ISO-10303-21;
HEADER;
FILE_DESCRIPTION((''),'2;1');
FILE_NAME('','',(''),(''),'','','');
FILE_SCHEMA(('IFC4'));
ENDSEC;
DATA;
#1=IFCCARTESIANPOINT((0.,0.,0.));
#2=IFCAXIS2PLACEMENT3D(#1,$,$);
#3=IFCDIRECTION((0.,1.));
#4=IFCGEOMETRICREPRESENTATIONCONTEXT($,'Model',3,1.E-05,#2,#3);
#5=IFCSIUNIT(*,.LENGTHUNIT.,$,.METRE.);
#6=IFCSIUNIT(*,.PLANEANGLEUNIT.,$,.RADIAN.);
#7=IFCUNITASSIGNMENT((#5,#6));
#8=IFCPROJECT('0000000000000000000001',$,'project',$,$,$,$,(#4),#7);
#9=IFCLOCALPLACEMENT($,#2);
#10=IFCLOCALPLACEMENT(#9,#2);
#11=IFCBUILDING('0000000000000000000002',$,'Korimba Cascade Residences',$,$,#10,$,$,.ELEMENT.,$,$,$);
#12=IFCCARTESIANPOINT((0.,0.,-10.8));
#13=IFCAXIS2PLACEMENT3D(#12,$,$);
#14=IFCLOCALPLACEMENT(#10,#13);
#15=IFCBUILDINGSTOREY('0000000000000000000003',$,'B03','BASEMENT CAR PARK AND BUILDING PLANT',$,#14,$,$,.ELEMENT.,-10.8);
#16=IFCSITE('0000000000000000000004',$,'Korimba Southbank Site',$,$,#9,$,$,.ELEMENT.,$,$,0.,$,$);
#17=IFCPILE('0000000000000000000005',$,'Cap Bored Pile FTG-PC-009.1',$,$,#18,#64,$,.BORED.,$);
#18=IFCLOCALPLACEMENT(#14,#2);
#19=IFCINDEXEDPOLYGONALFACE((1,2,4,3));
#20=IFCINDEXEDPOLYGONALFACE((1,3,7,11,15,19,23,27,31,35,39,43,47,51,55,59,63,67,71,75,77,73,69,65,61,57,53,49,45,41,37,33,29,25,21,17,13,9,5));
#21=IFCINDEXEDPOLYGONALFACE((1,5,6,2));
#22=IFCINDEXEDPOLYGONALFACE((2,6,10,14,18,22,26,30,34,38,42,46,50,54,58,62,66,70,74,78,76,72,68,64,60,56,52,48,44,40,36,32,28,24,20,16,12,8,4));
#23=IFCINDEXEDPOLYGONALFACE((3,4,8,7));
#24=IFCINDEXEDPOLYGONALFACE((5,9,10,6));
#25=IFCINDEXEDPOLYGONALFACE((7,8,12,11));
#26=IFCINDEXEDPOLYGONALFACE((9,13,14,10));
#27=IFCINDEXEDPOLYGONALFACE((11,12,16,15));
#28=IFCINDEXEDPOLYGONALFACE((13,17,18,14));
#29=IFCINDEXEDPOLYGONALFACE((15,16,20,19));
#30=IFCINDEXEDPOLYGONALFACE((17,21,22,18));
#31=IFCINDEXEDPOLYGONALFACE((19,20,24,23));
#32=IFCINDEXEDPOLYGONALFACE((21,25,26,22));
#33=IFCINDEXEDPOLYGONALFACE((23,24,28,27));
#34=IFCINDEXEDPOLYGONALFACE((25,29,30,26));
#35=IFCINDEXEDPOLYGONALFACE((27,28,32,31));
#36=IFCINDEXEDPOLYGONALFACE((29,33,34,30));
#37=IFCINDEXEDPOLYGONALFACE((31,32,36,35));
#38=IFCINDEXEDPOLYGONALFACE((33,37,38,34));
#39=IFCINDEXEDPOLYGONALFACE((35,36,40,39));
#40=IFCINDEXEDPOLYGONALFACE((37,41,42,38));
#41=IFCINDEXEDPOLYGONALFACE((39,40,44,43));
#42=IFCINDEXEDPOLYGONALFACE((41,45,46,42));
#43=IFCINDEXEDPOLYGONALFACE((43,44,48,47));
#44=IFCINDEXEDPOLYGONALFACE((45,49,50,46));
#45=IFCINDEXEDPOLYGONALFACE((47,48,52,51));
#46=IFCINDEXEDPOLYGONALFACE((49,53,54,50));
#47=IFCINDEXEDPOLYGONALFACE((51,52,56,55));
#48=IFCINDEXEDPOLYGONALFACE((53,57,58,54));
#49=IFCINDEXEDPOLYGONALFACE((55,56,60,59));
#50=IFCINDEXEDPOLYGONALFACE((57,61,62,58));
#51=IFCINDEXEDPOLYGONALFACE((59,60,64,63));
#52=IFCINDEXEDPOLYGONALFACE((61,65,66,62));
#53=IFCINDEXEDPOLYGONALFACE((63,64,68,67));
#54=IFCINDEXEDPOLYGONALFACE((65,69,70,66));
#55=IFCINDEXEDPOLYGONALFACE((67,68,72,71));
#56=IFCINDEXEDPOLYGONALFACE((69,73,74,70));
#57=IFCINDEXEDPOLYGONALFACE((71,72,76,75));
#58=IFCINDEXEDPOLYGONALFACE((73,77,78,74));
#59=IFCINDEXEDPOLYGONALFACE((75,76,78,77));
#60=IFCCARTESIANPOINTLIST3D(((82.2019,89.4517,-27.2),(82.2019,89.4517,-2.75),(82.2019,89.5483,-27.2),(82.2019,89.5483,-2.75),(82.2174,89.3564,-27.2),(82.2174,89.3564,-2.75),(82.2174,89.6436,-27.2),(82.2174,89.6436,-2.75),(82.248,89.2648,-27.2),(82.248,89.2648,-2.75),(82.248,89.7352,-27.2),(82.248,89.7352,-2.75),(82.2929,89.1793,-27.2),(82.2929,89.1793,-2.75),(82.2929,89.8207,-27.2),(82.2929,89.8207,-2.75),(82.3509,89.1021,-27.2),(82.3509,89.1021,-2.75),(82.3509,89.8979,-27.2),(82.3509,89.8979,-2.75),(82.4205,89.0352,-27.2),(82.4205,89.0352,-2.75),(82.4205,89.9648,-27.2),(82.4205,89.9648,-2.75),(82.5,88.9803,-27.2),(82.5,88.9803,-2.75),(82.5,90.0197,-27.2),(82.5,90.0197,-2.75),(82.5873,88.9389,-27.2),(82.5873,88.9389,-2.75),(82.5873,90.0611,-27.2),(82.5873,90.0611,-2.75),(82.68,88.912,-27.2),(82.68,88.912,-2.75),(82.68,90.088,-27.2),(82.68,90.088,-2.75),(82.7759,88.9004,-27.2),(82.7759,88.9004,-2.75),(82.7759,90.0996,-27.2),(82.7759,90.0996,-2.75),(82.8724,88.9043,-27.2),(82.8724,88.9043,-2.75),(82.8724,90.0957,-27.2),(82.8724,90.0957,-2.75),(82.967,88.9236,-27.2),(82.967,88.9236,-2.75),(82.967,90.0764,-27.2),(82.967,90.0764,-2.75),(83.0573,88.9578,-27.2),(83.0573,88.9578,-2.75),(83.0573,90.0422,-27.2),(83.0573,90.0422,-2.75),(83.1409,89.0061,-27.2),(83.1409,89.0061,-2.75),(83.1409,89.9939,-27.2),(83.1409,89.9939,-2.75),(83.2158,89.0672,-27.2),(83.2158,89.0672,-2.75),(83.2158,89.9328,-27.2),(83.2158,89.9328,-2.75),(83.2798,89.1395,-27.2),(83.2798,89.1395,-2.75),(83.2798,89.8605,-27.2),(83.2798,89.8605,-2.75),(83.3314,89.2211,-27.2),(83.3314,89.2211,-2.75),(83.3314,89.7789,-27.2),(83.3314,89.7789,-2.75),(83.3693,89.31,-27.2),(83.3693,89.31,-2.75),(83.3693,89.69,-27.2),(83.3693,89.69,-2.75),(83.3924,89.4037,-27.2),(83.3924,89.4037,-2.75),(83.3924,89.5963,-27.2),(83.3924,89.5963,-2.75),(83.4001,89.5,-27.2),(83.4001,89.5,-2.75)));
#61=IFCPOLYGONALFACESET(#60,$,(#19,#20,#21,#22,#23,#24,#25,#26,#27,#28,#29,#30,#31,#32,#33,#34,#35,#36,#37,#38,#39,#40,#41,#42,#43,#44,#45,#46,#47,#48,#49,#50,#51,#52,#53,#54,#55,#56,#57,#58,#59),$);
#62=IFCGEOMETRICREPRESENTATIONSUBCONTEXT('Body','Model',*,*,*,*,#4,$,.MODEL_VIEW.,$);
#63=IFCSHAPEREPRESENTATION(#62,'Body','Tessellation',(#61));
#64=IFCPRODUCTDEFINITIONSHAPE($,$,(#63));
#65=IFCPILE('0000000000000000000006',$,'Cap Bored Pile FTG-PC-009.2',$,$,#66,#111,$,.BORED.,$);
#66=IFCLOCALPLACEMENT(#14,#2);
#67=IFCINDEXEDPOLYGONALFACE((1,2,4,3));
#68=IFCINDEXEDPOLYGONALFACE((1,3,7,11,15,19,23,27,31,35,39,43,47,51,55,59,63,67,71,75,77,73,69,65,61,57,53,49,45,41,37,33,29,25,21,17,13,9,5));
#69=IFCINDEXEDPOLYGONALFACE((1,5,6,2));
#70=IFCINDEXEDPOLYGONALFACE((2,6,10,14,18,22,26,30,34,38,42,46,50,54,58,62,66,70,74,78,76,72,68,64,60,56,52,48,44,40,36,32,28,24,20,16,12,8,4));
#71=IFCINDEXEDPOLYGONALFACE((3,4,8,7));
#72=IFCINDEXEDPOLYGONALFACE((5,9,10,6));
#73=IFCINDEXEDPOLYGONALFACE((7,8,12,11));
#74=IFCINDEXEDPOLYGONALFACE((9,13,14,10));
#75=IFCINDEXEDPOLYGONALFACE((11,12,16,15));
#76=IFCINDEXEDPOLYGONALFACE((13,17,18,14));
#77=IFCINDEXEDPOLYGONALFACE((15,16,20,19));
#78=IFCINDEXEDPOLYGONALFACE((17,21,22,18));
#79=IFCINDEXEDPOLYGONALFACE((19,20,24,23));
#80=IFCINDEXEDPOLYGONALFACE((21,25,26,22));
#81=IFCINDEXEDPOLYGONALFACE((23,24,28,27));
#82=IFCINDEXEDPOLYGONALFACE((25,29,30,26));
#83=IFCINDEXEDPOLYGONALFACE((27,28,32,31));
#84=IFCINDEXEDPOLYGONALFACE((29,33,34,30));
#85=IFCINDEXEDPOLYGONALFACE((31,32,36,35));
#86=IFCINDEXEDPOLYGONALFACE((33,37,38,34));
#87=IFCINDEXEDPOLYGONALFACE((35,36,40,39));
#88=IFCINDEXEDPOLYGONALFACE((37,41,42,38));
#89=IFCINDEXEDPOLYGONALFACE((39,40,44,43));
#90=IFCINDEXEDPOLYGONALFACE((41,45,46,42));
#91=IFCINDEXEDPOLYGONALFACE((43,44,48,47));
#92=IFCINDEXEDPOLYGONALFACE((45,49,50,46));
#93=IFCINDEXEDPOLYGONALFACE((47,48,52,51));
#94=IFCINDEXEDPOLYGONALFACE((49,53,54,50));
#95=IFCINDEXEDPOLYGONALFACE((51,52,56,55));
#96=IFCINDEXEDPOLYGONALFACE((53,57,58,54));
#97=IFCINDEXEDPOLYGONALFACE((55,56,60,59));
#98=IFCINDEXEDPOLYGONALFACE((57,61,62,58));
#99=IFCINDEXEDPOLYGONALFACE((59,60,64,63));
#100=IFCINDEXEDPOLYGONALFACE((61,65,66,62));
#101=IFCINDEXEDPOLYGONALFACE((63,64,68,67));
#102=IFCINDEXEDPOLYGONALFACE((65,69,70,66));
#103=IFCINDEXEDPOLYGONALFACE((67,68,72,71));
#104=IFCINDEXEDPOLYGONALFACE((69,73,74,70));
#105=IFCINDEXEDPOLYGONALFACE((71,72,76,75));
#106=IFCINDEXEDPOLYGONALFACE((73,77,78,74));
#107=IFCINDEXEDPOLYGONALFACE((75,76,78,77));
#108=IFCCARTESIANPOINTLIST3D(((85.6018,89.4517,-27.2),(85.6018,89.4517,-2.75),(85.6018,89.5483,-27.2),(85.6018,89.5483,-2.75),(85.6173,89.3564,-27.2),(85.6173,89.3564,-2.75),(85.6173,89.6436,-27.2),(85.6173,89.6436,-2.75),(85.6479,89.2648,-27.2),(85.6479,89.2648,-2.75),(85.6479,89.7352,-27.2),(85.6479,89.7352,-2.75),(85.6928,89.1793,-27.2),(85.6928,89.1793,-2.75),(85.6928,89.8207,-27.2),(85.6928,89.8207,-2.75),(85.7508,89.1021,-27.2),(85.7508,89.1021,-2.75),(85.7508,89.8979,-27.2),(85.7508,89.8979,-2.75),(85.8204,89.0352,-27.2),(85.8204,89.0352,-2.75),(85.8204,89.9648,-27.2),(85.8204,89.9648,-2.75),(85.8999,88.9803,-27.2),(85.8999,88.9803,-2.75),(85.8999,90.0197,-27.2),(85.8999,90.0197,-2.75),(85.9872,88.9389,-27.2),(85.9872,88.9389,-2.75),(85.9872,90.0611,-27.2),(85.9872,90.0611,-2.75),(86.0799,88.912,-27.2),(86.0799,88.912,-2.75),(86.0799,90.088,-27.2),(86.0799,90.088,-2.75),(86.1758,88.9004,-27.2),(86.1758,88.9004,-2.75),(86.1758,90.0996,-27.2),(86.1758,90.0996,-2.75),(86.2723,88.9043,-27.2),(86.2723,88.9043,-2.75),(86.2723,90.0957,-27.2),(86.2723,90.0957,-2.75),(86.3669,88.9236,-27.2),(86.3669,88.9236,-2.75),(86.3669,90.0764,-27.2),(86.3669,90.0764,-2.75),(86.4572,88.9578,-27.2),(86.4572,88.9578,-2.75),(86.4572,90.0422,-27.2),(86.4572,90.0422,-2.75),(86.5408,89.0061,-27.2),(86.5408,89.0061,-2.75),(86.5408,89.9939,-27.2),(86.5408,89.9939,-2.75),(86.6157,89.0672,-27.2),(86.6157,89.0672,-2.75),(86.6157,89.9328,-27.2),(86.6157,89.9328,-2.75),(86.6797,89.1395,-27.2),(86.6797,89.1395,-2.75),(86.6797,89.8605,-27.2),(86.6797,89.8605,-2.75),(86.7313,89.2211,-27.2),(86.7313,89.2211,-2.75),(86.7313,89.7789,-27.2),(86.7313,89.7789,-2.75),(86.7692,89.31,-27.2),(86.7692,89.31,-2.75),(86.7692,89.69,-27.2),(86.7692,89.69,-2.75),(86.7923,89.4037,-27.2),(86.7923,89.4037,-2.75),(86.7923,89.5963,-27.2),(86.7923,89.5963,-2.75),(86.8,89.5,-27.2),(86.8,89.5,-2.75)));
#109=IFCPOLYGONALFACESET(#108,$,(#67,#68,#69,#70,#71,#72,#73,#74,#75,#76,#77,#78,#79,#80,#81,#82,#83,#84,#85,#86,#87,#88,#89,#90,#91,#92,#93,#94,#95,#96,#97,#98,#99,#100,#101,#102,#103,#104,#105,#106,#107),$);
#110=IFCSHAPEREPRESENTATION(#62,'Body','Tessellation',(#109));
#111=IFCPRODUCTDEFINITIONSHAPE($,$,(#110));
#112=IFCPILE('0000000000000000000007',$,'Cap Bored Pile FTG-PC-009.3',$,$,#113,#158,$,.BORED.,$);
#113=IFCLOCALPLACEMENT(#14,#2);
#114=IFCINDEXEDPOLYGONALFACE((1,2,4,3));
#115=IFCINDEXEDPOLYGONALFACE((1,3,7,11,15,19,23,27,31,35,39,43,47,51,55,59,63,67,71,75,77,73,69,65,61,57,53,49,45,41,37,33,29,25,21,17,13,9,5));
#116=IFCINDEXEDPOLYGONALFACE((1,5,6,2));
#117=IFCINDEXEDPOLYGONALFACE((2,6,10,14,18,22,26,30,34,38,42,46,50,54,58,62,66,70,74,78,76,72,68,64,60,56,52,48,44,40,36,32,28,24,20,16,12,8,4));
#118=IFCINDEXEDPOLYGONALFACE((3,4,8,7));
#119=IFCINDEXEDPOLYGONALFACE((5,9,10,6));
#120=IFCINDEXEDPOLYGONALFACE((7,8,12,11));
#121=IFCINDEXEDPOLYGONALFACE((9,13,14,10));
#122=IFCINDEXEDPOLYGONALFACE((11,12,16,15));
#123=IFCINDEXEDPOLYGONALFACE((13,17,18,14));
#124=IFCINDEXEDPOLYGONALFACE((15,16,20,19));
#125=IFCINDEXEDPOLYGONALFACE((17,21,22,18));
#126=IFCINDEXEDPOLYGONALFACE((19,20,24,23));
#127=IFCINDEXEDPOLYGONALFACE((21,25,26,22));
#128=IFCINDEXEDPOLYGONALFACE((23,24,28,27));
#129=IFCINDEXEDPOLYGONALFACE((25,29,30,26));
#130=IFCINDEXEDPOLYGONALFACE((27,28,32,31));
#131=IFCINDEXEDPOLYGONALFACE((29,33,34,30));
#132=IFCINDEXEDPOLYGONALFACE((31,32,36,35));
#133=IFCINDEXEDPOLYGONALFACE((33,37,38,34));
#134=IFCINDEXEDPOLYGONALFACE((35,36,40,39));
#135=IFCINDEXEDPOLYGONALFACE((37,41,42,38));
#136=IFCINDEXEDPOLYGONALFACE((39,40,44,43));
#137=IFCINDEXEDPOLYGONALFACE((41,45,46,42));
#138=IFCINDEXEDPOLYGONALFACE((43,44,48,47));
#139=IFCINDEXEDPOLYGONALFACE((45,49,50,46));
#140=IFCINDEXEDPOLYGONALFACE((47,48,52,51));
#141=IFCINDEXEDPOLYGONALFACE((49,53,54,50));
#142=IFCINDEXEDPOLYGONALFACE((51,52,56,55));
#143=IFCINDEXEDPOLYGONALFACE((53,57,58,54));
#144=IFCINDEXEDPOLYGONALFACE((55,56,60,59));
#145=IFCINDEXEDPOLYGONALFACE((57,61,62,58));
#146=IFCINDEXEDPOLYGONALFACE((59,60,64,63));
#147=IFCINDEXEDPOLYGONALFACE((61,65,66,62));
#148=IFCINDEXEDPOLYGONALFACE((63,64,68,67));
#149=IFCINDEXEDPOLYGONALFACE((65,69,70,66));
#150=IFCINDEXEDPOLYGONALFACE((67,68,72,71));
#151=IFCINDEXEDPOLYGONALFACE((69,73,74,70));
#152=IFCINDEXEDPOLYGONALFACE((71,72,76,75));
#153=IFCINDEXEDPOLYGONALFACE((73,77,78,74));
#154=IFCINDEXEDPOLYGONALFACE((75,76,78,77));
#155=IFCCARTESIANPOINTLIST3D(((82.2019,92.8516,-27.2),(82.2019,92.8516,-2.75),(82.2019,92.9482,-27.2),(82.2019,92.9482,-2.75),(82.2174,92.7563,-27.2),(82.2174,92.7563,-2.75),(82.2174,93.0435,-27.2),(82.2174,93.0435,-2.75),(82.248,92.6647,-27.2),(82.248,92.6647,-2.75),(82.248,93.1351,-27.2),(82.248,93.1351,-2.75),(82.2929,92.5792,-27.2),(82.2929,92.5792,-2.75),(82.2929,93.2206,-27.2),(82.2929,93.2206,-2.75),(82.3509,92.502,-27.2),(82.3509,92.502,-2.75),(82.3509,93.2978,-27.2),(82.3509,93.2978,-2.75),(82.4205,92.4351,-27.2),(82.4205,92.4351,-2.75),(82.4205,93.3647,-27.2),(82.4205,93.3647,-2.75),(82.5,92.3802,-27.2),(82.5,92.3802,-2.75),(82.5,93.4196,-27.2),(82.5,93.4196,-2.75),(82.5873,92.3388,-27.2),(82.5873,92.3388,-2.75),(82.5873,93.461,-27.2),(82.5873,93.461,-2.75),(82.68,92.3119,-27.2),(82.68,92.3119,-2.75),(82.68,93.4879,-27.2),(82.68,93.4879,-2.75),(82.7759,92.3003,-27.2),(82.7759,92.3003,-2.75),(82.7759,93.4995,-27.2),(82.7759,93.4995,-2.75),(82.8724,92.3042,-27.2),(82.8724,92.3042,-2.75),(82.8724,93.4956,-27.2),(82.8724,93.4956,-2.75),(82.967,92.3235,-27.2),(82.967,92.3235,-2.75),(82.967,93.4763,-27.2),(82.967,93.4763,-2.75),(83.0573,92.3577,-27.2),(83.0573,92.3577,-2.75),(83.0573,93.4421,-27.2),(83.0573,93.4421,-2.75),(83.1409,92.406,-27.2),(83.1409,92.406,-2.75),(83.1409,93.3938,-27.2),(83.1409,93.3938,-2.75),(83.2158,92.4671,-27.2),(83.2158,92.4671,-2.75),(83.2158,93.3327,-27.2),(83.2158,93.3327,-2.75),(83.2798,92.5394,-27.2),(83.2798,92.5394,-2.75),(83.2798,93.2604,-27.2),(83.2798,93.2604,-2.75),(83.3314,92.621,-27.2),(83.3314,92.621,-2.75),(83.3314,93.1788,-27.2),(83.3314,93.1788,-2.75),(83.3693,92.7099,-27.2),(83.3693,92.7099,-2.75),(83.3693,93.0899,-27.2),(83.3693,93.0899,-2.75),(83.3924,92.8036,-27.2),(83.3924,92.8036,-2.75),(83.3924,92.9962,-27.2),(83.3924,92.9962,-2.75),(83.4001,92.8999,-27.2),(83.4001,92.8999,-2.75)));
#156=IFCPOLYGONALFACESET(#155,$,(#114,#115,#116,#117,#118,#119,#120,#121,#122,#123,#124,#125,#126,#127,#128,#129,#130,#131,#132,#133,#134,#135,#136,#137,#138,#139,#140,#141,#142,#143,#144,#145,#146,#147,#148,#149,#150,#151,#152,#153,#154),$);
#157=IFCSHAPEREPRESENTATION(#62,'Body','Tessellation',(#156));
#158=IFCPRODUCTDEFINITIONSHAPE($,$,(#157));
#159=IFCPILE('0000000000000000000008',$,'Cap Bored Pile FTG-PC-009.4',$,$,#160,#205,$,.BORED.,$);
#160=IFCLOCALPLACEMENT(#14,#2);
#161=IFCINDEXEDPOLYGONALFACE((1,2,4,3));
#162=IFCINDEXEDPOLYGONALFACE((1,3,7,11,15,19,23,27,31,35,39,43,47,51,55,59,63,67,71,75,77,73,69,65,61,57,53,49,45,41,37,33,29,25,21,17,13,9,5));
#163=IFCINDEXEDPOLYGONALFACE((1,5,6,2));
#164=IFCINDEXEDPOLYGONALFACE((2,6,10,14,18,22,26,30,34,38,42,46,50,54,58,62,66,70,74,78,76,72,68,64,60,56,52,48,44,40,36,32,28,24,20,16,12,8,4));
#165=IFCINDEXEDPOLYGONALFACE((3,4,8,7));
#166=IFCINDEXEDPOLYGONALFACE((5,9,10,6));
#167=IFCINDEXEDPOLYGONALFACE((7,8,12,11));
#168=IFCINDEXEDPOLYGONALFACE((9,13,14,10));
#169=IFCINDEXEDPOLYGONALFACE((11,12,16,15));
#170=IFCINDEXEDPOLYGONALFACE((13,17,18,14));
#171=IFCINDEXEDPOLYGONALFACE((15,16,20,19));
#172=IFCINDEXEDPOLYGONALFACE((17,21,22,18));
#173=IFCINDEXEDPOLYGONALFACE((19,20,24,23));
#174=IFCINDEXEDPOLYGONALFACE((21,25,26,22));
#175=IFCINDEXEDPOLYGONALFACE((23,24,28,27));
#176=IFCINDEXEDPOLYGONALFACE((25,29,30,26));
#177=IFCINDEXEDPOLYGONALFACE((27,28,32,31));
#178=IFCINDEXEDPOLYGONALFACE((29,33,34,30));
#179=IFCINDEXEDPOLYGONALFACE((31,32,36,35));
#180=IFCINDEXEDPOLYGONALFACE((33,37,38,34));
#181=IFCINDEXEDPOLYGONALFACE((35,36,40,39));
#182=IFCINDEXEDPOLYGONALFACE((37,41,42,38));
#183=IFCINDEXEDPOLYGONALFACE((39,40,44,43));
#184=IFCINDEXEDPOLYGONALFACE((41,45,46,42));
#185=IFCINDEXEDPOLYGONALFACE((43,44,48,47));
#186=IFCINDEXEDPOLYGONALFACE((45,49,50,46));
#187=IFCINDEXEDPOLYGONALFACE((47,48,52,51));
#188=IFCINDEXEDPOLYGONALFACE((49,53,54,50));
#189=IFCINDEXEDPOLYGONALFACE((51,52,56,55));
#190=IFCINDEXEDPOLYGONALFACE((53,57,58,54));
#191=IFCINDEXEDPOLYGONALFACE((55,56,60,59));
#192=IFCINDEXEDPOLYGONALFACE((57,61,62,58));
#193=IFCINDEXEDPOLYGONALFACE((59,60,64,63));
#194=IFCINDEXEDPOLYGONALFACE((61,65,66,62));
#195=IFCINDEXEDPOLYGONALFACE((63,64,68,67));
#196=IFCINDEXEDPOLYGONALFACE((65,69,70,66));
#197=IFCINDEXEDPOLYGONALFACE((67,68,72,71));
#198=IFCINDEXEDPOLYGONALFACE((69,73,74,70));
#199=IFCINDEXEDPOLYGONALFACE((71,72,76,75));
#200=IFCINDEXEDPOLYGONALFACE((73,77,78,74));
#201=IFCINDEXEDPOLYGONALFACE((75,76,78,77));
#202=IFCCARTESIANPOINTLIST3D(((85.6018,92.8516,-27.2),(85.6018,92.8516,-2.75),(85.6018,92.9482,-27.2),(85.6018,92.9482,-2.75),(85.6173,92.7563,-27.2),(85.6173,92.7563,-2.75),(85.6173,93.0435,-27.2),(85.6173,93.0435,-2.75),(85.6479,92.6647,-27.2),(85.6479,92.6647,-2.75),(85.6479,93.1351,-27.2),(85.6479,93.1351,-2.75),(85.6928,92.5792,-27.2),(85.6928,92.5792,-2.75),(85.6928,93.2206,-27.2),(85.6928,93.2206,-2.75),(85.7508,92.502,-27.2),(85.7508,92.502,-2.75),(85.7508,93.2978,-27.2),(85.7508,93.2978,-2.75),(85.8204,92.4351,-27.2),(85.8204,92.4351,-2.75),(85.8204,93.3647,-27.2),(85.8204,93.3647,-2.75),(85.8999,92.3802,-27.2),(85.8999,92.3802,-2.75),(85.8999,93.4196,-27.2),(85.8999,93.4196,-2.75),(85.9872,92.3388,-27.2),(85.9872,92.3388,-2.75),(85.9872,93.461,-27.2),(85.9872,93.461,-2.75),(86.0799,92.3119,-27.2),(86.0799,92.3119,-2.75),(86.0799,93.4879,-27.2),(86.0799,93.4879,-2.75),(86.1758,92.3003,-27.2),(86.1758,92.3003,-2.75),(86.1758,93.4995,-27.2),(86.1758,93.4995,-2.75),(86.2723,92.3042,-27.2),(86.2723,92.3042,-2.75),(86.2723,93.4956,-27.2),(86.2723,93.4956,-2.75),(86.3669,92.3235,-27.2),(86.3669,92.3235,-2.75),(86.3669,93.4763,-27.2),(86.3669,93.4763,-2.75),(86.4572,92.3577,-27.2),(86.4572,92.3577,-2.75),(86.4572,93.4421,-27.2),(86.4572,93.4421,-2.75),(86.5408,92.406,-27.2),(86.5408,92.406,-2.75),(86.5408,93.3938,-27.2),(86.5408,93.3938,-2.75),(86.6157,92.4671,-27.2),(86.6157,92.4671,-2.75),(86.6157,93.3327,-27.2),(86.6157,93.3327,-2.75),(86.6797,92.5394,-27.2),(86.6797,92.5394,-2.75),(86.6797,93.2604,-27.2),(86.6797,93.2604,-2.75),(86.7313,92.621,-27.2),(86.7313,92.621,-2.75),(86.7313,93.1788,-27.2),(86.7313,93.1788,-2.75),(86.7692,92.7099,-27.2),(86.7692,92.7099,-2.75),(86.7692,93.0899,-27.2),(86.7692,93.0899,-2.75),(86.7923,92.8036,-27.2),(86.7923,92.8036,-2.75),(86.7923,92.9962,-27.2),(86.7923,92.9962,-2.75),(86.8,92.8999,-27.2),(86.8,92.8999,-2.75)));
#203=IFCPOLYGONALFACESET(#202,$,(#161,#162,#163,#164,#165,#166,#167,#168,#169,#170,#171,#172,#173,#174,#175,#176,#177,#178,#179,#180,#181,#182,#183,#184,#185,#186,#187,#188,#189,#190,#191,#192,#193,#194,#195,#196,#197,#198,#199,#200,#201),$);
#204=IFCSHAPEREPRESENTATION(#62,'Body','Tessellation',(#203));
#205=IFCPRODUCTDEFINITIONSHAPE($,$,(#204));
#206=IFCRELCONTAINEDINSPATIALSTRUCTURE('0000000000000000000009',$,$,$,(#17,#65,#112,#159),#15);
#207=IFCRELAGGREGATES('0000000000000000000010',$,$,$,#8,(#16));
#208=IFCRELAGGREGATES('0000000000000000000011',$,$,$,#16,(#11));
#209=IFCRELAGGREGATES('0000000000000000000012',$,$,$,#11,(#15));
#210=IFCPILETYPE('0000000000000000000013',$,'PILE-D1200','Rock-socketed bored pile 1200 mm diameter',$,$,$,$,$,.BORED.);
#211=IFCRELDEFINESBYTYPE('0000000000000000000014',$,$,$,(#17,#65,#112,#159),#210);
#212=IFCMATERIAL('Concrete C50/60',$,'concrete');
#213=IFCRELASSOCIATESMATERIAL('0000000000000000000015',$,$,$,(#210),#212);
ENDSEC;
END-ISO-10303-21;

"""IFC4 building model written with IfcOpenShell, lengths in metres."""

from ifc_helpers import new_model, si_unit, direction, frame, origin, origin_2d, place, context, subcontext, project, spatial, circle, extrude, material, material_profile, profile_set, type_object, element, save


model = new_model("IFC4")

# Units and contexts
model_context = context("Model", 3, precision=1e-05, world=origin(), true_north=direction((0.0, 1.0)))
body_context = subcontext(model_context, "Body", "Model", "MODEL_VIEW")
ifc_project = project(units=[si_unit("LENGTHUNIT", "METRE"), si_unit("PLANEANGLEUNIT", "RADIAN")], contexts=[model_context])

# Site, building, storey
site_placement = place(None, origin())
site = spatial("IfcSite", under=ifc_project, at=site_placement, Name="Korimba Southbank Site", CompositionType="ELEMENT", RefElevation=0.0)
building_placement = place(site_placement, origin())
building = spatial("IfcBuilding", under=site, at=building_placement, Name="Korimba Cascade Residences", CompositionType="ELEMENT")
storey_placement = place(building_placement, frame((0.0, 0.0, -10.8)))
storey = spatial("IfcBuildingStorey", under=building, at=storey_placement, Name="B03", Description="BASEMENT CAR PARK AND BUILDING PLANT", CompositionType="ELEMENT", Elevation=-10.8)

# Piles
ifc_material_1 = material(Name="Concrete C50/60", Category="concrete")
ifc_material_profile_1 = material_profile(ifc_material_1, circle(Radius=0.6001, at=origin_2d()), Name="Concrete C50/60")
ifc_profile_set_1 = profile_set([ifc_material_profile_1], Name="Concrete C50/60")
pile_type = type_object("IfcPileType", Name="PILE-D1200", Description="Rock-socketed bored pile 1200 mm diameter", PredefinedType="BORED", material=ifc_profile_set_1)
for number, where, z_axis, x_axis, name in (
    (1, (82.8, 89.5, -2.75), (0.0, 0.0, -1.0), (1.0, 0.0, 0.0), "Cap Bored Pile FTG-PC-009.1"),
    (2, (86.2, 89.5, -2.75), (0.0, 0.0, -1.0), (1.0, 0.0, 0.0), "Cap Bored Pile FTG-PC-009.2"),
    (3, (82.8, 92.8999, -2.75), (0.0, 0.0, -1.0), (1.0, 0.0, 0.0), "Cap Bored Pile FTG-PC-009.3"),
    (4, (86.2, 92.8999, -2.75), (0.0, 0.0, -1.0), (1.0, 0.0, 0.0), "Cap Bored Pile FTG-PC-009.4"),
):
    element("IfcPile", number, at=place(storey_placement, frame(where, z_axis=z_axis, x_axis=x_axis)), inside=storey, type_object=pile_type, Name=name, PredefinedType="BORED", context=body_context, shape_type="SweptSolid", body=[
        extrude(circle(Radius=0.6001, at=origin_2d()), origin(), (0.0, 0.0, 1.0), 24.45),
    ])

save(model, "model.ifc")
